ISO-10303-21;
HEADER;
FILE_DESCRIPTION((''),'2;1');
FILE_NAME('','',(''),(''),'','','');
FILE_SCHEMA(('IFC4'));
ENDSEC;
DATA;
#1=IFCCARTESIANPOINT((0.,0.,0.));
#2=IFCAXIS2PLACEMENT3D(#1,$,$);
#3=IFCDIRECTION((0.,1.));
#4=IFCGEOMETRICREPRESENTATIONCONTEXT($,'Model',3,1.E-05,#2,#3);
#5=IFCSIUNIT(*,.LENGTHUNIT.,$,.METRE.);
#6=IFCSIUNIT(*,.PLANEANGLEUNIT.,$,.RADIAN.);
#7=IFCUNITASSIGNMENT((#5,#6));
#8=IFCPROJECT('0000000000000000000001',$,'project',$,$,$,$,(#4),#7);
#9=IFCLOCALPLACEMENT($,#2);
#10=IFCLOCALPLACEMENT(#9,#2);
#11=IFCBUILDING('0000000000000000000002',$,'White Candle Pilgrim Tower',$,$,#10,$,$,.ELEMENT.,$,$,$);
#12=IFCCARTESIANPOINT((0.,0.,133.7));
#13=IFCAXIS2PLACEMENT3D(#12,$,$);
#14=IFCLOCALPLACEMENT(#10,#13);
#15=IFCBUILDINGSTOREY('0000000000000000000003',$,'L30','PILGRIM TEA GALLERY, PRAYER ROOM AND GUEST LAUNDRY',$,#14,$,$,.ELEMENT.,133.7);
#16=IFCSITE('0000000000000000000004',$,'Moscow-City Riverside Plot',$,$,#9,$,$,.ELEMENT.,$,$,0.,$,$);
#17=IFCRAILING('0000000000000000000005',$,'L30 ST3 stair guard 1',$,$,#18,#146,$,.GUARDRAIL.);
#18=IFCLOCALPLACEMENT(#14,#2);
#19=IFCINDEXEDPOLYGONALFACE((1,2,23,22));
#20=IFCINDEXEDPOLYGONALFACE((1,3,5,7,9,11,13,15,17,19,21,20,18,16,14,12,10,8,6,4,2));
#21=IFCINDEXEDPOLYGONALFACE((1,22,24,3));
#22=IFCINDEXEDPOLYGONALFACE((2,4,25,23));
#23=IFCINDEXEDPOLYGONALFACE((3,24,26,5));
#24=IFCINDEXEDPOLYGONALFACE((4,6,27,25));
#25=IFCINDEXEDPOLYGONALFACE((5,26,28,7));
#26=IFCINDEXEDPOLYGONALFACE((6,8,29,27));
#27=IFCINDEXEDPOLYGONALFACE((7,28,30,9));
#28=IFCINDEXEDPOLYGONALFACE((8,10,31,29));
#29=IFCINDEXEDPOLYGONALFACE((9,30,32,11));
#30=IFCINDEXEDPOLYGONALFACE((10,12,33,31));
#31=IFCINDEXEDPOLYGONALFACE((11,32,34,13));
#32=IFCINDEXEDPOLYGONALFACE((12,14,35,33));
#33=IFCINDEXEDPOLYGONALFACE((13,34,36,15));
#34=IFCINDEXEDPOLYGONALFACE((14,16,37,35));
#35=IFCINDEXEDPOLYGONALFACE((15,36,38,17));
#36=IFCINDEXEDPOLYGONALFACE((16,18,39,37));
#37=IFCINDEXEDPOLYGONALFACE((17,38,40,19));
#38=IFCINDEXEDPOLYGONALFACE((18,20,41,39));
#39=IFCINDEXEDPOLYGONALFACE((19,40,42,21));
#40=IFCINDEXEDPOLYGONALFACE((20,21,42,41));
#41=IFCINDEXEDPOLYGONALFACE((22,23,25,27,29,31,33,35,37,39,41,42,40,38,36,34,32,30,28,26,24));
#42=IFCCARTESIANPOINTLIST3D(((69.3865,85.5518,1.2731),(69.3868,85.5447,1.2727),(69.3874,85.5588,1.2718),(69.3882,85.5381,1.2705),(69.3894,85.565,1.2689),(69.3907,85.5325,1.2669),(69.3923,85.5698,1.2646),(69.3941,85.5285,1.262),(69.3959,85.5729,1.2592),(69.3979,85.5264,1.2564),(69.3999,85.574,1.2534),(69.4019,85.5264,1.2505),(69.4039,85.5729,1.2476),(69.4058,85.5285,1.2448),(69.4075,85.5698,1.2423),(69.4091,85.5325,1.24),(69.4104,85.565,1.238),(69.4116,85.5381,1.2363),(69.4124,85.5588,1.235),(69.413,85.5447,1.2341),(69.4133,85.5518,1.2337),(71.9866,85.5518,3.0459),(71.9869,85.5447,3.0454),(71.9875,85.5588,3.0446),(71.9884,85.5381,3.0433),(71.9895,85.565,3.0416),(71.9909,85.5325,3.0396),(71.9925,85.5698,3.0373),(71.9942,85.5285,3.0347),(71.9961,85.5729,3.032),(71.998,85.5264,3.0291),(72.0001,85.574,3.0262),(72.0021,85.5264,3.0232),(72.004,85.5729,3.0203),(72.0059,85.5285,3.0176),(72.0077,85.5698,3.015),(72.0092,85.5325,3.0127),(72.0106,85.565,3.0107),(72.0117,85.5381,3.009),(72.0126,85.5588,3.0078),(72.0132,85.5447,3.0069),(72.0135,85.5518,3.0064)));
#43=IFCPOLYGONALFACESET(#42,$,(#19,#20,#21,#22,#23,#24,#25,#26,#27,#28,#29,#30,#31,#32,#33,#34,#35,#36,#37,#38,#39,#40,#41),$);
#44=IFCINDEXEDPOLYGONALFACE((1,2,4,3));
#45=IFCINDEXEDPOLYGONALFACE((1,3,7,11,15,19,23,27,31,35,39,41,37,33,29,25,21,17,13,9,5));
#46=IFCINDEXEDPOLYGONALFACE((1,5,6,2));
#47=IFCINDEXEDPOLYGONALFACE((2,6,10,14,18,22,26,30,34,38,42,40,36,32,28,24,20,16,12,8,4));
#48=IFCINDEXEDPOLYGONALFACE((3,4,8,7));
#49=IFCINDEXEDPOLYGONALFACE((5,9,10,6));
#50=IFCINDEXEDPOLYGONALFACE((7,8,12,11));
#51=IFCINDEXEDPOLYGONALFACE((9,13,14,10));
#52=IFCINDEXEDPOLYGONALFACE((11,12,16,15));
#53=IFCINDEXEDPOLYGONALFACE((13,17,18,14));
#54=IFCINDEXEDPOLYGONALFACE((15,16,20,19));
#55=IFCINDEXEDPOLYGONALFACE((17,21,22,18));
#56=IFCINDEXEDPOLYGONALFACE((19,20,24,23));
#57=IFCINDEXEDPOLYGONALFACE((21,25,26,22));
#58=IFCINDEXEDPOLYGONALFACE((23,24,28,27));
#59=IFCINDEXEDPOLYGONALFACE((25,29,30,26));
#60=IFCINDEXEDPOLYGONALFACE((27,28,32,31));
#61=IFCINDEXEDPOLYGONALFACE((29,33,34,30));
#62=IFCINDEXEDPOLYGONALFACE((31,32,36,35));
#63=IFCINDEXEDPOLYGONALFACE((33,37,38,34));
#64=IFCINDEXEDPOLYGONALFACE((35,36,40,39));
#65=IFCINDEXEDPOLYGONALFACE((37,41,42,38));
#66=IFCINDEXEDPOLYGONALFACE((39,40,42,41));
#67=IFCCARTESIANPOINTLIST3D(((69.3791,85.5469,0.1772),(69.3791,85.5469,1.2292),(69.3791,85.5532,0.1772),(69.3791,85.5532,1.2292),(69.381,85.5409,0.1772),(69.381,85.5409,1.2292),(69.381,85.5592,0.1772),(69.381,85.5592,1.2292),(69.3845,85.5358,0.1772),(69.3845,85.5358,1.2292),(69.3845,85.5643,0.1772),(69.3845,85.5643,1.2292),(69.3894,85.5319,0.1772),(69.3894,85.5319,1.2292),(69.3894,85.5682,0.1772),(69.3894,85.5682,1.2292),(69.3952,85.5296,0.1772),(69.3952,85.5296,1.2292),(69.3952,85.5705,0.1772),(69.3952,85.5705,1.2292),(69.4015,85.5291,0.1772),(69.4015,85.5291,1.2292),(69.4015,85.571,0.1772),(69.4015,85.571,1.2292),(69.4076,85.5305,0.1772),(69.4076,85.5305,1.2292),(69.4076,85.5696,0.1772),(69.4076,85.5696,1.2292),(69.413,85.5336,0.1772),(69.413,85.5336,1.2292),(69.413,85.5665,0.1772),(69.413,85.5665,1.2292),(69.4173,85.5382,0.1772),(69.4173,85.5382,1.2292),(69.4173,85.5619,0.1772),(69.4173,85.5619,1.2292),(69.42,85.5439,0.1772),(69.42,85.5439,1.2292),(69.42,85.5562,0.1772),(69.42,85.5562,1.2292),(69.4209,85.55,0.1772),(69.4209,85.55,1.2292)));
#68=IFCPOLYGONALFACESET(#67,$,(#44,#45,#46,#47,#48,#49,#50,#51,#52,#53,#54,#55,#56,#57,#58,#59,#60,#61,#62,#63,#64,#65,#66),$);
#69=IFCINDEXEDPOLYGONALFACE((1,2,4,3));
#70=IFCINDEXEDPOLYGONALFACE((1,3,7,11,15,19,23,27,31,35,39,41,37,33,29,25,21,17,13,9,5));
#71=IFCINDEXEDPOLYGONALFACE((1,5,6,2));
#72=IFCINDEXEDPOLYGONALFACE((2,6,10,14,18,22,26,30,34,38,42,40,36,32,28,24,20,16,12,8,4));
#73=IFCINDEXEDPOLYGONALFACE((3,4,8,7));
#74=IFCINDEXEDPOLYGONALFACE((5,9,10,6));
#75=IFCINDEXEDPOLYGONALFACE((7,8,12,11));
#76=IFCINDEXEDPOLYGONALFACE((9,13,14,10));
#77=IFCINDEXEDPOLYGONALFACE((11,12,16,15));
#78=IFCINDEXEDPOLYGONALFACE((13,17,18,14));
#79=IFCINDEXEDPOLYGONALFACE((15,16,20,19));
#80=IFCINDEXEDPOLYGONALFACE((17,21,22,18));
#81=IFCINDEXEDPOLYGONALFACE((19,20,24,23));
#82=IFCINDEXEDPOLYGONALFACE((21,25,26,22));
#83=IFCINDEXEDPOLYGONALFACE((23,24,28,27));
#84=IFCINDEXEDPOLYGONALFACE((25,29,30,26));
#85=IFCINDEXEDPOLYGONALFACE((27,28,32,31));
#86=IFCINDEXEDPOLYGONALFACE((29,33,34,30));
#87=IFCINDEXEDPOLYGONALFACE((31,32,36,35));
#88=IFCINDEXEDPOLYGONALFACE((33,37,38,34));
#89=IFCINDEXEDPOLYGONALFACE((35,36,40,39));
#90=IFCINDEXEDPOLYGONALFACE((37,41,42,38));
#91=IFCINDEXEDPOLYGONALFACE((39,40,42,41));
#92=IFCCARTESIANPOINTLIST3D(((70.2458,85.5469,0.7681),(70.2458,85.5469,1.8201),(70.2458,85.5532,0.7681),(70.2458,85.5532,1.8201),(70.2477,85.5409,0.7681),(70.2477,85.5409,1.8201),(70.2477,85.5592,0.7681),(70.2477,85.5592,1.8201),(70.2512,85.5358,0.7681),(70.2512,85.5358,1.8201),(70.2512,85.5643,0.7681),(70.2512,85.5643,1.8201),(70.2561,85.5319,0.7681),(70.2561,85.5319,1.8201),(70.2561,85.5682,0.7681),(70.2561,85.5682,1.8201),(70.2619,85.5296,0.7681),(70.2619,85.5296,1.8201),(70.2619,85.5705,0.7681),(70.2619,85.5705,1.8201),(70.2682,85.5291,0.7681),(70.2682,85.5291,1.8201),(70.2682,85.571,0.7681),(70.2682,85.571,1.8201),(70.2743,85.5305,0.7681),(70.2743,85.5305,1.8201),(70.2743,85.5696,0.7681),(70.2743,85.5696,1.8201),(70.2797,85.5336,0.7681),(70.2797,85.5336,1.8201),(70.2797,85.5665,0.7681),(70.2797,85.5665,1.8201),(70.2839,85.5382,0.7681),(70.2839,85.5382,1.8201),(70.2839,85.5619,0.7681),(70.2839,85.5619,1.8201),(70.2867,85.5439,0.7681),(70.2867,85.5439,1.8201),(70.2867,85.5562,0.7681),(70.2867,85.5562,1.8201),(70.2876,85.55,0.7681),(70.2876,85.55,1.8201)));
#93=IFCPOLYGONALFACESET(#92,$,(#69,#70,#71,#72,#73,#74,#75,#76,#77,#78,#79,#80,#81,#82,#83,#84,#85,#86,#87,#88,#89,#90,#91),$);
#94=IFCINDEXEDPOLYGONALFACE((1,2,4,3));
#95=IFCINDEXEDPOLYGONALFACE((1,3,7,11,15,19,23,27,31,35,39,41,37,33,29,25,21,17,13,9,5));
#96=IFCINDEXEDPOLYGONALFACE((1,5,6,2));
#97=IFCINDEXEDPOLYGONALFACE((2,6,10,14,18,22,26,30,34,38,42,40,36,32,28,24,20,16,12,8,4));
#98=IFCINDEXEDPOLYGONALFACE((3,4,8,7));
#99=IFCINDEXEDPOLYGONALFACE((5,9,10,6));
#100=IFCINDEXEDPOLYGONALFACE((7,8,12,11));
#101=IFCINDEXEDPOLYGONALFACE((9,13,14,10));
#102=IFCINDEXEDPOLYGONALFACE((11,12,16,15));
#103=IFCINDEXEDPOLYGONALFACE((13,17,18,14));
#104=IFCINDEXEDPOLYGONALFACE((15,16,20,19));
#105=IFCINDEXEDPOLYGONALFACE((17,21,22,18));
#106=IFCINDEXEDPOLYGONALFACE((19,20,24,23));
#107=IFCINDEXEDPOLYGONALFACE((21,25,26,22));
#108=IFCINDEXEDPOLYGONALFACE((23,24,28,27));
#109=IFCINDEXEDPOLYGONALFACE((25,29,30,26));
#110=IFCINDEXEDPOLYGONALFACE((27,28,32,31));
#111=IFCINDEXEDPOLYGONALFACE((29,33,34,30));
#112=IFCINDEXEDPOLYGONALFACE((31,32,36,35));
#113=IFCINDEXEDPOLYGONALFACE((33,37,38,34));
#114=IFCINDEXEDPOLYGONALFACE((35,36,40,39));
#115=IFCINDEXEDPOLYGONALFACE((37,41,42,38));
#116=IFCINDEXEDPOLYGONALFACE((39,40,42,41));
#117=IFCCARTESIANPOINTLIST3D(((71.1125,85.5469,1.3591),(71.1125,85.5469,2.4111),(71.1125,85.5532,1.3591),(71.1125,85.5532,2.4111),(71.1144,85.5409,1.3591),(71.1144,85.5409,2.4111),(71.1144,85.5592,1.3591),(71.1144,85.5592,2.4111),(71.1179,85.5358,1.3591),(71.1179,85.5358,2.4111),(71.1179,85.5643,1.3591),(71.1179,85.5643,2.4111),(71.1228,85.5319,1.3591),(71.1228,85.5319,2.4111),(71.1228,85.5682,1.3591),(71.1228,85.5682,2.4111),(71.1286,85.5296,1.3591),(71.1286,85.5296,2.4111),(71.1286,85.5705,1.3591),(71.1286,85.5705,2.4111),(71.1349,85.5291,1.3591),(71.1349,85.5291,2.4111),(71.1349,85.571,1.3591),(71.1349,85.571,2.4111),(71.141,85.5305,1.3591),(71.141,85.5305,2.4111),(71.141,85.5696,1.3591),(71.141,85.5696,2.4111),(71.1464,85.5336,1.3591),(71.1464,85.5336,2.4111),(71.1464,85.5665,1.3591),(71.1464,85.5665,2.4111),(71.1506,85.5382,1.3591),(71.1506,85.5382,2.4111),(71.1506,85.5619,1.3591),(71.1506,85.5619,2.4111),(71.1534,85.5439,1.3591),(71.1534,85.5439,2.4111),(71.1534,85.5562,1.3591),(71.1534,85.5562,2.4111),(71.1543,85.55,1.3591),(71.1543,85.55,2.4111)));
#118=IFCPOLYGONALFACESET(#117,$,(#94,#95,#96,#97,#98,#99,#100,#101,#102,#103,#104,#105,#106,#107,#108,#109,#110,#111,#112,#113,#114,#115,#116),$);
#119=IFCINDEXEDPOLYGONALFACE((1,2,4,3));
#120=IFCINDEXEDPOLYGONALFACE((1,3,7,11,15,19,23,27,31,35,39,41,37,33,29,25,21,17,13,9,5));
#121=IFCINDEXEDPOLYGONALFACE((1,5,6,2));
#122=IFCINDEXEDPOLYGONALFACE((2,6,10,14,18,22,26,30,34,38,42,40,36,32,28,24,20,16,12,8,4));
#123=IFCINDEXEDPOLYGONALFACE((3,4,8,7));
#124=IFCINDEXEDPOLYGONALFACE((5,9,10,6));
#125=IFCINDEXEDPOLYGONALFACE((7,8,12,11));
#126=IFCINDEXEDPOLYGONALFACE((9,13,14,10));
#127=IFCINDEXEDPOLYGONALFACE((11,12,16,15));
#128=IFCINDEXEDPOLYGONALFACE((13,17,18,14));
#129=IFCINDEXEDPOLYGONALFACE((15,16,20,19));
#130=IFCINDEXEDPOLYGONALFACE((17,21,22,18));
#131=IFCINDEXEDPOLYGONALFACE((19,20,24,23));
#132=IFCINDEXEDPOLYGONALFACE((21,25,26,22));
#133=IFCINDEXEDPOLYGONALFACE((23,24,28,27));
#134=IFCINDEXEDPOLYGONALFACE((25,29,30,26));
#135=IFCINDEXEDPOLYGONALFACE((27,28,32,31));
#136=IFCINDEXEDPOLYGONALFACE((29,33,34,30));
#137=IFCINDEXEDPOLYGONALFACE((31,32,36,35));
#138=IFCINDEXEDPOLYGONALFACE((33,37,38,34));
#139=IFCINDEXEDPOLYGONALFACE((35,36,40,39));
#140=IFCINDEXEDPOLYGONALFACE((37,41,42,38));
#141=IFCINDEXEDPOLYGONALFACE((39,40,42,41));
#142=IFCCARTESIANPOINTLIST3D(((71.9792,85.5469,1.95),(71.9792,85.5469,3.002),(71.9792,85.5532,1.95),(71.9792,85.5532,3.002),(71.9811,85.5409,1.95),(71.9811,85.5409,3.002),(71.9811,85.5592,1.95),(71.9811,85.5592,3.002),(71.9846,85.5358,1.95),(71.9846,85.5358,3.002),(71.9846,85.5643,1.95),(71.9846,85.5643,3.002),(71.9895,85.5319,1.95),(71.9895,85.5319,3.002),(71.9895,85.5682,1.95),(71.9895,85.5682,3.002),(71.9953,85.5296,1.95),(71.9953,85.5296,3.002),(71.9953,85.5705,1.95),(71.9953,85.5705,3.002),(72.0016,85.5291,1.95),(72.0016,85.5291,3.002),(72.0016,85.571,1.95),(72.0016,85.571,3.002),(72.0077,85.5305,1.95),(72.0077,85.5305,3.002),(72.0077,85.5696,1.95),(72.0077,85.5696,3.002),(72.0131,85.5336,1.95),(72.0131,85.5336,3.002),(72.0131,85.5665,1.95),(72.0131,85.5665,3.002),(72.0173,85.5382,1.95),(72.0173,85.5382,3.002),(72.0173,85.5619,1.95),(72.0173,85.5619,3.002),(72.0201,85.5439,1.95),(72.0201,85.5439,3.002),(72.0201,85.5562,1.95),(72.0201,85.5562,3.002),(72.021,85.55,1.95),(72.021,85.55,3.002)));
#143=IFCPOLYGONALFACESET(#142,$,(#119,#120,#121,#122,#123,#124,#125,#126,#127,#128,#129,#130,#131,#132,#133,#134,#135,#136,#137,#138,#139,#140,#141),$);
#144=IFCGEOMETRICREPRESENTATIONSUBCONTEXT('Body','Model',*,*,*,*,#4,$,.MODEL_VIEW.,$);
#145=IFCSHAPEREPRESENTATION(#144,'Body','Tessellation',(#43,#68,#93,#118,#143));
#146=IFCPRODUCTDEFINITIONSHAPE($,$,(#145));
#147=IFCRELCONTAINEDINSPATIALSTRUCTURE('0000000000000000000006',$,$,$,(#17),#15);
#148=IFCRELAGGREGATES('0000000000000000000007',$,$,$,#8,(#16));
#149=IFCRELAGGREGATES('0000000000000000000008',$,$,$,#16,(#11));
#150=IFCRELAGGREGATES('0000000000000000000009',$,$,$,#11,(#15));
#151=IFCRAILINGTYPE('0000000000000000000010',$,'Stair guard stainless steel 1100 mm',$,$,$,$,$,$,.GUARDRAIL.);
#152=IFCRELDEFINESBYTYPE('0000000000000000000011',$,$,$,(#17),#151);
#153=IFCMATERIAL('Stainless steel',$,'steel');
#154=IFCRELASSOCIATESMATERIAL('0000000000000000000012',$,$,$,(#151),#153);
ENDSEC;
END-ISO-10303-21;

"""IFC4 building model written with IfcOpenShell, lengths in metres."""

from ifc_helpers import new_model, si_unit, direction, frame, origin, origin_2d, place, context, subcontext, project, spatial, circle, extrude, material, type_object, element, save


model = new_model("IFC4")

# Units and contexts
model_context = context("Model", 3, precision=1e-05, world=origin(), true_north=direction((0.0, 1.0)))
body_context = subcontext(model_context, "Body", "Model", "MODEL_VIEW")
ifc_project = project(units=[si_unit("LENGTHUNIT", "METRE"), si_unit("PLANEANGLEUNIT", "RADIAN")], contexts=[model_context])

# Site, building, storey
site_placement = place(None, origin())
site = spatial("IfcSite", under=ifc_project, at=site_placement, Name="Moscow-City Riverside Plot", CompositionType="ELEMENT", RefElevation=0.0)
building_placement = place(site_placement, origin())
building = spatial("IfcBuilding", under=site, at=building_placement, Name="White Candle Pilgrim Tower", CompositionType="ELEMENT")
storey_placement = place(building_placement, frame((0.0, 0.0, 133.7)))
storey = spatial("IfcBuildingStorey", under=building, at=storey_placement, Name="L30", Description="PILGRIM TEA GALLERY, PRAYER ROOM AND GUEST LAUNDRY", CompositionType="ELEMENT", Elevation=133.7)

# Railing
ifc_material_1 = material(Name="Stainless steel", Category="steel")
railing_type_1 = type_object("IfcRailingType", Name="Stair guard stainless steel 1100 mm", PredefinedType="GUARDRAIL", material=ifc_material_1)
railing_1_placement = place(storey_placement, frame((69.3999, 85.55, 0.1772)))
element("IfcRailing", 1, at=railing_1_placement, inside=storey, type_object=railing_type_1, Name="L30 ST3 stair guard 1", PredefinedType="GUARDRAIL", context=body_context, shape_type="SweptSolid", body=[
    extrude(circle(Radius=0.0239, at=origin_2d()), frame((0.0, 0.0, 1.0762), z_axis=(0.82624, 0.0, 0.563318), x_axis=(0.0, 1.0, 0.0)), (0.0, 0.0, 1.0), 3.147),
    extrude(circle(Radius=0.021, at=origin_2d()), origin(), (0.0, 0.0, 1.0), 1.052),
    extrude(circle(Radius=0.021, at=origin_2d()), frame((0.8667, 0.0, 0.5908)), (0.0, 0.0, 1.0), 1.052),
    extrude(circle(Radius=0.021, at=origin_2d()), frame((1.7334, 0.0, 1.1819)), (0.0, 0.0, 1.0), 1.052),
    extrude(circle(Radius=0.021, at=origin_2d()), frame((2.6001, 0.0, 1.7727)), (0.0, 0.0, 1.0), 1.052),
])

save(model, "model.ifc")
